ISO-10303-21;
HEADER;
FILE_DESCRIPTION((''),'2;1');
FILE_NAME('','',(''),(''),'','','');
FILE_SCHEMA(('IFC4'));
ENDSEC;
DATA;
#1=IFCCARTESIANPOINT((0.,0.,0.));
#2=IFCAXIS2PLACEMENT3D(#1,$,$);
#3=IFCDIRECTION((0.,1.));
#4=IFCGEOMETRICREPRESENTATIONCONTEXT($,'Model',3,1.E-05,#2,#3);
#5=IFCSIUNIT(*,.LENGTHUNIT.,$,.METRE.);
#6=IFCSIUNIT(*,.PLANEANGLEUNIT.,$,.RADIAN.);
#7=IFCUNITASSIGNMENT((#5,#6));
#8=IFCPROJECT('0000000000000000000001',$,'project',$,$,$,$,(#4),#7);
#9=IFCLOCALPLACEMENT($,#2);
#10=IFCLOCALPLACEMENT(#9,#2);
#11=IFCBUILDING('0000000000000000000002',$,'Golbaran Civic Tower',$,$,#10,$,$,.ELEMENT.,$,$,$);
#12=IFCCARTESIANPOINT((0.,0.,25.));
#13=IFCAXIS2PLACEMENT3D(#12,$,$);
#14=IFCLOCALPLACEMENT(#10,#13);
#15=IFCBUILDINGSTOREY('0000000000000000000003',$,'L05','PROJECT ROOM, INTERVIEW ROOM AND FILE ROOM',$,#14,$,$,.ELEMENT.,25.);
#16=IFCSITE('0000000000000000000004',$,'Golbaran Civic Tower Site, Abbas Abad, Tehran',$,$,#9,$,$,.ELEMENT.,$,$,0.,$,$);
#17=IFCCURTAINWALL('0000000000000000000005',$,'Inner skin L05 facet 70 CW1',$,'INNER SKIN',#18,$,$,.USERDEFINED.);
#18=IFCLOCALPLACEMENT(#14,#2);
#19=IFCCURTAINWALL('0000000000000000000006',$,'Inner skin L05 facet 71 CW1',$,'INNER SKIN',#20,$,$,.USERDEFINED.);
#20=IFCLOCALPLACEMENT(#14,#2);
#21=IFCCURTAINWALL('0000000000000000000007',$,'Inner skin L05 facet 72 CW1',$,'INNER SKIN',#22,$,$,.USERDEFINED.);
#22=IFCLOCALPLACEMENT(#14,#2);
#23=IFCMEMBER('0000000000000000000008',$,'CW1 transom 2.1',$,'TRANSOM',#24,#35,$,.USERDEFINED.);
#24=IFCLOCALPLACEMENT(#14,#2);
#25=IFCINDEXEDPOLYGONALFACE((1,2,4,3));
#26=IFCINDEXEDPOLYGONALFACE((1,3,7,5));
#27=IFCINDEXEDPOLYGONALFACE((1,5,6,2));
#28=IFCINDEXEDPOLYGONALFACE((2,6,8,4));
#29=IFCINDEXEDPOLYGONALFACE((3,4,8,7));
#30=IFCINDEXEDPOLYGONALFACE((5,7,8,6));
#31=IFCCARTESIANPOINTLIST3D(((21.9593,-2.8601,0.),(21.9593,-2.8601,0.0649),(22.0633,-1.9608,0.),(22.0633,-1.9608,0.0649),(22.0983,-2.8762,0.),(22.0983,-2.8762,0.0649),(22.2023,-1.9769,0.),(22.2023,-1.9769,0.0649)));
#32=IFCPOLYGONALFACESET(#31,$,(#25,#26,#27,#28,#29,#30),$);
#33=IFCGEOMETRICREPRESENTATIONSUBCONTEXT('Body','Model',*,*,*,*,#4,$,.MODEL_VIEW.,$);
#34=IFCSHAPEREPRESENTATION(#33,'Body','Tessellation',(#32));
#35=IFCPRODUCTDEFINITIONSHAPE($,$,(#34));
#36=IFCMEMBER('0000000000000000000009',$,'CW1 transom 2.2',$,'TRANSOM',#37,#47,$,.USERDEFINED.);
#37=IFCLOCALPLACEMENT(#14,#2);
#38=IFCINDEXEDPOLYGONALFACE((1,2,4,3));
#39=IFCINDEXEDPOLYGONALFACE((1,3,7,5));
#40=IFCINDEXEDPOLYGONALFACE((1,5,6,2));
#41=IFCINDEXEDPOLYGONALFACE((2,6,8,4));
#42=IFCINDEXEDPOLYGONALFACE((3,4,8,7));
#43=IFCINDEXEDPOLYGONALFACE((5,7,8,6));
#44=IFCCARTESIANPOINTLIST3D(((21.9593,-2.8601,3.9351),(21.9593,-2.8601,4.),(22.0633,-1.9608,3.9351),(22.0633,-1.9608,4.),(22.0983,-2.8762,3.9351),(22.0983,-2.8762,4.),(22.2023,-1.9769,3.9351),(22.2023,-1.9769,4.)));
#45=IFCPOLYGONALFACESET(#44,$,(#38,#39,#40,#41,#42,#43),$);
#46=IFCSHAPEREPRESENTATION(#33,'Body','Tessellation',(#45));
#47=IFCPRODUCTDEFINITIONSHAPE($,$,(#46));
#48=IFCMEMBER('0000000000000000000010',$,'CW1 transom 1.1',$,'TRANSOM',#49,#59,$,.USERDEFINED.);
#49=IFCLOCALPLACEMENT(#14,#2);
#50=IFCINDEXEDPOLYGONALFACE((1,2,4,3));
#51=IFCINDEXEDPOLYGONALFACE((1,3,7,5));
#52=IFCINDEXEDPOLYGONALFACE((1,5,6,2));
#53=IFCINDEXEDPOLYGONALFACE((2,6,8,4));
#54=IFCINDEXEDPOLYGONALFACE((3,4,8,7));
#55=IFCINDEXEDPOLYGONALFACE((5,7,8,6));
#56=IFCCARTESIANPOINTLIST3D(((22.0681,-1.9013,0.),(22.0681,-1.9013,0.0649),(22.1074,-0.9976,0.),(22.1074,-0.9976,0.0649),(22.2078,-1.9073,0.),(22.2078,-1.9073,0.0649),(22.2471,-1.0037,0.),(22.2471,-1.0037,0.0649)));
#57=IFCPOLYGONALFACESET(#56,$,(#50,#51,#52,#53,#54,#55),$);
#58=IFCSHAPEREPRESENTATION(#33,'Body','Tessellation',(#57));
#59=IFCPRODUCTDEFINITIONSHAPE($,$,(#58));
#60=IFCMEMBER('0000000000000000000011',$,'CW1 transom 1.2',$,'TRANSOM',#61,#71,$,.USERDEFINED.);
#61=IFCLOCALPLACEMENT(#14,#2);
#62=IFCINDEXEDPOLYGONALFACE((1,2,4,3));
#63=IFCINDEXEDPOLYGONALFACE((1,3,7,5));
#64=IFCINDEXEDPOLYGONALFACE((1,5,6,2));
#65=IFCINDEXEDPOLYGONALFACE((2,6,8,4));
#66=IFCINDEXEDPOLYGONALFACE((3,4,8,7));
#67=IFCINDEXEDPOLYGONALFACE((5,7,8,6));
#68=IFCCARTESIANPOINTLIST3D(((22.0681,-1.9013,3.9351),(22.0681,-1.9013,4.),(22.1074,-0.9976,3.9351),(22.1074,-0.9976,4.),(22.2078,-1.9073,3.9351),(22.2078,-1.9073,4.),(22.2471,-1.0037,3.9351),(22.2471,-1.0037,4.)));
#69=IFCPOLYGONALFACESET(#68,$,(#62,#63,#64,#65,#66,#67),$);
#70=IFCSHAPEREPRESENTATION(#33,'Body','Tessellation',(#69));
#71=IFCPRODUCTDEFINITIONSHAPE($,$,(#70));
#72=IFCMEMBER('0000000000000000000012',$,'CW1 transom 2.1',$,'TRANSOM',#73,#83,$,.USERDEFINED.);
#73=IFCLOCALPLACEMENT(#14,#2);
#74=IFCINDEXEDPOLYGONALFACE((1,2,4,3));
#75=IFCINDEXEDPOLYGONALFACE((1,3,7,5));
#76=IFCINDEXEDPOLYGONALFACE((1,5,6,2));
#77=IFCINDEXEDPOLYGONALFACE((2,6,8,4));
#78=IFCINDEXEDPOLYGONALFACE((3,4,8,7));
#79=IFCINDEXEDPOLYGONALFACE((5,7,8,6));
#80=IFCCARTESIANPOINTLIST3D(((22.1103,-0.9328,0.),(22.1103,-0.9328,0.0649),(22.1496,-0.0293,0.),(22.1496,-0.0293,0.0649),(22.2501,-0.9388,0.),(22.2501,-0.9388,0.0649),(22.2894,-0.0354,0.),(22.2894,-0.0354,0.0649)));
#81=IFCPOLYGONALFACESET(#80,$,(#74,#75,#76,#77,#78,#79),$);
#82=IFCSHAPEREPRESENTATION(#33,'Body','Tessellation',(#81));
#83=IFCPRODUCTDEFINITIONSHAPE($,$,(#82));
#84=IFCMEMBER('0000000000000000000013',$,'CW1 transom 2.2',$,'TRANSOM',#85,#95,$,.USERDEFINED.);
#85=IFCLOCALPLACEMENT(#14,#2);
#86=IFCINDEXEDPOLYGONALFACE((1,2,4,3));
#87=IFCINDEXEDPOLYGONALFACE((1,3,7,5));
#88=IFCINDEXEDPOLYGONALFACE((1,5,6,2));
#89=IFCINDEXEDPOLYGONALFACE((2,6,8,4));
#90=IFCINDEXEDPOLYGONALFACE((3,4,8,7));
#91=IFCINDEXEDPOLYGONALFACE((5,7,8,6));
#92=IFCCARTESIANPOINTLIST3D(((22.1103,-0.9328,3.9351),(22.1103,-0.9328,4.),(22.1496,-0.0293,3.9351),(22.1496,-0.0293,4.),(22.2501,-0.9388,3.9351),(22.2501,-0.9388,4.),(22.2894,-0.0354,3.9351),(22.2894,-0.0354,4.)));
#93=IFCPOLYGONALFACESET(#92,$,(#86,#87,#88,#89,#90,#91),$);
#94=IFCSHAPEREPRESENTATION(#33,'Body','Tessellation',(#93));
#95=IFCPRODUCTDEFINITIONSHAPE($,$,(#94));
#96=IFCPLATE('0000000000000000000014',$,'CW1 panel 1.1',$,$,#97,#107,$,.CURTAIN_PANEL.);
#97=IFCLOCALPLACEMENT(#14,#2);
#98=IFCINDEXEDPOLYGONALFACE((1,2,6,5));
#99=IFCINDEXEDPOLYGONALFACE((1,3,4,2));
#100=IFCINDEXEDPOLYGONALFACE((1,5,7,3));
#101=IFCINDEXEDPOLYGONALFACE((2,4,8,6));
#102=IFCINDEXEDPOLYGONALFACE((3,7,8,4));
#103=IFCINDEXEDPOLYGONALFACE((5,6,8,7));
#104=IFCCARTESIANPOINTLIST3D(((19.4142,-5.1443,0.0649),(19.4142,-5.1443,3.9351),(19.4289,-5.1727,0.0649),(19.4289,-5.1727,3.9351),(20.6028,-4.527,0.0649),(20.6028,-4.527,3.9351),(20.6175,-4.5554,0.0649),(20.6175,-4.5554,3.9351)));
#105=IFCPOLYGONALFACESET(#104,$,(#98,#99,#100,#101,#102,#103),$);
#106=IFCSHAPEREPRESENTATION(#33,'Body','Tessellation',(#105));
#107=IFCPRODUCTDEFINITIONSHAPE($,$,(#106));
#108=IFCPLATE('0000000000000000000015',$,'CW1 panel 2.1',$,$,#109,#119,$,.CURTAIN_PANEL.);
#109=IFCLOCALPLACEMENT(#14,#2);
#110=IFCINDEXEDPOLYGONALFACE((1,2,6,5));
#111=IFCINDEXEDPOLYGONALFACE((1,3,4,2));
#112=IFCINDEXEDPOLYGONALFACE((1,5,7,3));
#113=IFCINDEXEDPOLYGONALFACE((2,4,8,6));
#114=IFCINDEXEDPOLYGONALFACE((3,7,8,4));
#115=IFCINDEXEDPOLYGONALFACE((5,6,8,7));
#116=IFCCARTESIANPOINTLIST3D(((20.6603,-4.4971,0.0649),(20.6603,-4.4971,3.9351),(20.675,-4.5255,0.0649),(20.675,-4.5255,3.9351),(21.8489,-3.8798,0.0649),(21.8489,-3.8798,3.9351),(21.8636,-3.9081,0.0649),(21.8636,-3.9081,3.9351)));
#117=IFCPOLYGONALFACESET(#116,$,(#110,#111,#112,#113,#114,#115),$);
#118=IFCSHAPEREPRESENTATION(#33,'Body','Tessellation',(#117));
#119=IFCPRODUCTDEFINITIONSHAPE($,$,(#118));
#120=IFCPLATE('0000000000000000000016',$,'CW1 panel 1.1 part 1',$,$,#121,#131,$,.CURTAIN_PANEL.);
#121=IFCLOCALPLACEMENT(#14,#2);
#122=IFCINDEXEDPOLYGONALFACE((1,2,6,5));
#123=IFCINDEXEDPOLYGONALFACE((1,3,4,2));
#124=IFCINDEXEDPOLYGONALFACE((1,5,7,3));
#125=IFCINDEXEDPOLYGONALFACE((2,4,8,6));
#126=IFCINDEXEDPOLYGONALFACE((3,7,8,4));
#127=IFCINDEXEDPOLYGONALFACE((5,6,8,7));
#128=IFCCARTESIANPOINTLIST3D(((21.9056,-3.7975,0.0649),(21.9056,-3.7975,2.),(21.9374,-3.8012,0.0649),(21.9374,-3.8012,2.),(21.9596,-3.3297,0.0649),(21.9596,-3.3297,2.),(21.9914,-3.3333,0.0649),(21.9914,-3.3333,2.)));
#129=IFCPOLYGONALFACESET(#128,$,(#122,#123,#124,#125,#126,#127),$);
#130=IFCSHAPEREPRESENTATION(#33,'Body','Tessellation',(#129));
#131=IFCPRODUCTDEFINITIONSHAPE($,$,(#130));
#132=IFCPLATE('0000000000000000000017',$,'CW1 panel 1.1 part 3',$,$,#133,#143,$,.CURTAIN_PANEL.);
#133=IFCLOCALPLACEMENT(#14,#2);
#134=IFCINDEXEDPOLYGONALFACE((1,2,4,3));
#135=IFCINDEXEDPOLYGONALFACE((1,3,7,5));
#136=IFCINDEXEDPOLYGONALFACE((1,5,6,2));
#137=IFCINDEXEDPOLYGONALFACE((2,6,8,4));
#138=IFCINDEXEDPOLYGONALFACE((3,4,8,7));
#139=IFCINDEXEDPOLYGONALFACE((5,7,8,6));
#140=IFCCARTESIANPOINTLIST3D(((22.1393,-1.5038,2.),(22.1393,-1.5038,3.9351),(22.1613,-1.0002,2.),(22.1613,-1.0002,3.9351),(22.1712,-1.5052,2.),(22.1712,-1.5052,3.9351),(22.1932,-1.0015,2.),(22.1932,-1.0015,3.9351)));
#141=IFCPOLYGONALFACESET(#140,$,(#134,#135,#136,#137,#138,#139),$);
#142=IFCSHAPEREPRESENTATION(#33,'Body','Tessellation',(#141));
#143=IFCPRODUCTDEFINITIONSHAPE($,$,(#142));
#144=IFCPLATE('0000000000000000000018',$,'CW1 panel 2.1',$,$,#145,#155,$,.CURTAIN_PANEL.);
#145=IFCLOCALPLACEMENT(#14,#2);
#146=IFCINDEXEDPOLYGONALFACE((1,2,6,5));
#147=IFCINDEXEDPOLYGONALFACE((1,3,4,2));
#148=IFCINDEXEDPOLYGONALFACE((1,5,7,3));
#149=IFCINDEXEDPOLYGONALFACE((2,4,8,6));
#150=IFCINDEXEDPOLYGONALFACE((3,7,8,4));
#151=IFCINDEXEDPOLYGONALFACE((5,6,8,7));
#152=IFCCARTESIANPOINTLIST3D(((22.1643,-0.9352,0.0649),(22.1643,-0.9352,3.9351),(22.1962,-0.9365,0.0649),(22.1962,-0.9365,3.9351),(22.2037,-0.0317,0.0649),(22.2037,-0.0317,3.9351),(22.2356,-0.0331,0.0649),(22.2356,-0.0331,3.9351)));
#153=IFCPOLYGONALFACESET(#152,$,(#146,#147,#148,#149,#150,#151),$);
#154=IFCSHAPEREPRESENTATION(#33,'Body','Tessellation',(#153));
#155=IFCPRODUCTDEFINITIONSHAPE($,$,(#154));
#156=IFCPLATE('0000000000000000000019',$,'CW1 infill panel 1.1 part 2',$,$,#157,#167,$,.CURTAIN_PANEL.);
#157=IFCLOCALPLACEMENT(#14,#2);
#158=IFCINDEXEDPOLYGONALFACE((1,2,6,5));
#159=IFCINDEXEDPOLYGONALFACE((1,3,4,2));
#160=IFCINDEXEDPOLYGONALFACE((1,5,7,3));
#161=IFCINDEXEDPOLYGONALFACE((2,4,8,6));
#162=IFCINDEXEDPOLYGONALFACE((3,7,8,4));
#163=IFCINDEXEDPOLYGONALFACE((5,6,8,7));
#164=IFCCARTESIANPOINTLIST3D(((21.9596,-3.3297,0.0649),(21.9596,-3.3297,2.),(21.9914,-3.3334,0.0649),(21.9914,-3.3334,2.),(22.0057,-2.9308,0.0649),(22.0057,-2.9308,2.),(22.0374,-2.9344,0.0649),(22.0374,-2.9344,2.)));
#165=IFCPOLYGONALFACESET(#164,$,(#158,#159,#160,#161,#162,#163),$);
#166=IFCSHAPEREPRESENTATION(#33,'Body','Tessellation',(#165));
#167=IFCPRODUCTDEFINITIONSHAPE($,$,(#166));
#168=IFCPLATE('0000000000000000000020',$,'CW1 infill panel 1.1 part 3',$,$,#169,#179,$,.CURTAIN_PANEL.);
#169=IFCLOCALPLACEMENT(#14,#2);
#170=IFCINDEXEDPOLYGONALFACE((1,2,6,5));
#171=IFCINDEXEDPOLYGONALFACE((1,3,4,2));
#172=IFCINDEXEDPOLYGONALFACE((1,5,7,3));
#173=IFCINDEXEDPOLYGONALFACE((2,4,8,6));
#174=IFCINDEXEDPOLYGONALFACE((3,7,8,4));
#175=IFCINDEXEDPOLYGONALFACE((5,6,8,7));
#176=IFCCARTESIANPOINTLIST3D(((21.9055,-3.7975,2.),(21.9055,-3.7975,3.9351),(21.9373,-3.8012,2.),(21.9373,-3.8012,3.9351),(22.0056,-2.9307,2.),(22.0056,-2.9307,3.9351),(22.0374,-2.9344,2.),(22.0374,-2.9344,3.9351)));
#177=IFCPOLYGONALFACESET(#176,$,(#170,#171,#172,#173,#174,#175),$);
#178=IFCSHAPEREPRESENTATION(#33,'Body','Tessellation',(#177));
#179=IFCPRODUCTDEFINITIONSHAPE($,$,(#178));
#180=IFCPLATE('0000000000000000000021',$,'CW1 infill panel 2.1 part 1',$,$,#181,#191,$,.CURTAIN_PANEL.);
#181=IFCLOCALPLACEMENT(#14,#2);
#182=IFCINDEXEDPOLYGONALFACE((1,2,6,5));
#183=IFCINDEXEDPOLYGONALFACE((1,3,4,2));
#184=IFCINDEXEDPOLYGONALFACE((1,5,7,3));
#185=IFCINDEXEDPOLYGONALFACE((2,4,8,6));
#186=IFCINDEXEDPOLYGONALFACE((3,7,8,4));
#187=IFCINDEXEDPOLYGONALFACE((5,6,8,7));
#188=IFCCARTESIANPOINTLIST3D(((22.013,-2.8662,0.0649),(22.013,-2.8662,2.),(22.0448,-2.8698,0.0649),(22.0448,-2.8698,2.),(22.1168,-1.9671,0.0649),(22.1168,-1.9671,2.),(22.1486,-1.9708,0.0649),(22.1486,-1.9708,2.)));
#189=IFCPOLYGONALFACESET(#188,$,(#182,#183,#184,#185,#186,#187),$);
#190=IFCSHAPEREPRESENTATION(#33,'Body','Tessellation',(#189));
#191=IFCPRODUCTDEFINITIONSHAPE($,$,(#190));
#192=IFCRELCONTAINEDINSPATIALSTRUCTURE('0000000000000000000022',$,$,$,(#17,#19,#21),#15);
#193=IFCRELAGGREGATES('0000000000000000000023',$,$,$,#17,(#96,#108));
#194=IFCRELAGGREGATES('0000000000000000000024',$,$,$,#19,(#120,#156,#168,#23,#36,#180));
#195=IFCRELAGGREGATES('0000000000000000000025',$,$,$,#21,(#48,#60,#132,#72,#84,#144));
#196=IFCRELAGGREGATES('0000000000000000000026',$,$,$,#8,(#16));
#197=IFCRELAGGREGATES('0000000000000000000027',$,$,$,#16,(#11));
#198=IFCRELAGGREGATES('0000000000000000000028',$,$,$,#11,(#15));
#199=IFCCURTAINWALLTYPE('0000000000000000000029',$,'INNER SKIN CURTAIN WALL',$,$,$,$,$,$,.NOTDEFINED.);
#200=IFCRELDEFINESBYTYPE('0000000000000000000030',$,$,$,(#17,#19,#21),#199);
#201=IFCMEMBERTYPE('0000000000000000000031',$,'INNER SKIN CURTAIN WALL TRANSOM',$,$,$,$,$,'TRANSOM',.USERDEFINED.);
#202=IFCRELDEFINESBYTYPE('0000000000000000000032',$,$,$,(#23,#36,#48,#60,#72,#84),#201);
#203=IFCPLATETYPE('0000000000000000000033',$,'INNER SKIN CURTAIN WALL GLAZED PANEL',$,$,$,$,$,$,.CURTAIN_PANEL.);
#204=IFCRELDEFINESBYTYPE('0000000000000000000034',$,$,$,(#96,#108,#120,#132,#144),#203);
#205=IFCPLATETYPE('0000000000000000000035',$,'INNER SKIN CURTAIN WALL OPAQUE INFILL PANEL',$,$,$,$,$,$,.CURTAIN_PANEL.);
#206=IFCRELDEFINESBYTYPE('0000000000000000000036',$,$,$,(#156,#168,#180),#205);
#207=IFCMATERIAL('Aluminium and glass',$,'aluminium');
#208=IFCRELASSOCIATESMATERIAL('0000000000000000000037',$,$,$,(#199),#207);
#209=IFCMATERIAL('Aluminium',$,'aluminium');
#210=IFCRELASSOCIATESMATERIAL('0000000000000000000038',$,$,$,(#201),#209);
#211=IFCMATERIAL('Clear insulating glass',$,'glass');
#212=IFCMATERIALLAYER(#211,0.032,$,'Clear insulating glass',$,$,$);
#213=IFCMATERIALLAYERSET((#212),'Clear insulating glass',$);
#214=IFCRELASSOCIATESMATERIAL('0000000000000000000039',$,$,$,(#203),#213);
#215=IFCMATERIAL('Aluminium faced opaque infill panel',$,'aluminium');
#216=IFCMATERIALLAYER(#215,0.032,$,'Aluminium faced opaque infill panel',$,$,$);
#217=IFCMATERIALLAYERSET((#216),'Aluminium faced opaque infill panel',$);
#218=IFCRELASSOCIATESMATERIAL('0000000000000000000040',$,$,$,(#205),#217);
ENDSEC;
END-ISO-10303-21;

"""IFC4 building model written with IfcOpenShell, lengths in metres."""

from ifc_helpers import new_model, si_unit, direction, frame, origin, origin_2d, place, context, subcontext, project, spatial, rectangle, extrude, material, layer, layer_set, material_profile, profile_set, type_object, element, aggregate, save


model = new_model("IFC4")

# Units and contexts
model_context = context("Model", 3, precision=1e-05, world=origin(), true_north=direction((0.0, 1.0)))
body_context = subcontext(model_context, "Body", "Model", "MODEL_VIEW")
ifc_project = project(units=[si_unit("LENGTHUNIT", "METRE"), si_unit("PLANEANGLEUNIT", "RADIAN")], contexts=[model_context])

# Site, building, storey
site_placement = place(None, origin())
site = spatial("IfcSite", under=ifc_project, at=site_placement, Name="Golbaran Civic Tower Site, Abbas Abad, Tehran", CompositionType="ELEMENT", RefElevation=0.0)
building_placement = place(site_placement, origin())
building = spatial("IfcBuilding", under=site, at=building_placement, Name="Golbaran Civic Tower", CompositionType="ELEMENT")
storey_placement = place(building_placement, frame((0.0, 0.0, 25.0)))
storey = spatial("IfcBuildingStorey", under=building, at=storey_placement, Name="L05", Description="PROJECT ROOM, INTERVIEW ROOM AND FILE ROOM", CompositionType="ELEMENT", Elevation=25.0)

# Curtain walls
ifc_material_1 = material(Name="Aluminium and glass", Category="aluminium")
curtain_wall_type = type_object("IfcCurtainWallType", Name="INNER SKIN CURTAIN WALL", PredefinedType="NOTDEFINED", material=ifc_material_1)
curtain_wall_1_placement = place(storey_placement, origin())
curtain_wall_1 = element("IfcCurtainWall", 1, at=curtain_wall_1_placement, inside=storey, type_object=curtain_wall_type, Name="Inner skin L05 facet 70 CW1", ObjectType="INNER SKIN", PredefinedType="USERDEFINED")
ifc_material_2 = material(Name="Aluminium", Category="aluminium")
curtain_wall_2_placement = place(storey_placement, origin())
curtain_wall_2 = element("IfcCurtainWall", 2, at=curtain_wall_2_placement, inside=storey, type_object=curtain_wall_type, Name="Inner skin L05 facet 71 CW1", ObjectType="INNER SKIN", PredefinedType="USERDEFINED")

# Curtain wall
curtain_wall_3_placement = place(storey_placement, origin())
curtain_wall_3 = element("IfcCurtainWall", 3, at=curtain_wall_3_placement, inside=storey, type_object=curtain_wall_type, Name="Inner skin L05 facet 72 CW1", ObjectType="INNER SKIN", PredefinedType="USERDEFINED")

# Members
ifc_material_profile_1 = material_profile(ifc_material_2, rectangle(XDim=0.1399, YDim=0.0649, at=origin_2d()), Name="INNER SKIN CURTAIN WALL TRANSOM")
ifc_profile_set_1 = profile_set([ifc_material_profile_1], Name="Aluminium")
member_type_1 = type_object("IfcMemberType", Name="INNER SKIN CURTAIN WALL TRANSOM", ElementType="TRANSOM", PredefinedType="USERDEFINED", material=ifc_profile_set_1)
member_1_placement = place(storey_placement, frame((22.0288, -2.8682, 0.0325), z_axis=(0.114901, 0.993377, 0.0), x_axis=(-0.993377, 0.114901, 0.0)))
member_1 = element("IfcMember", 4, at=member_1_placement, type_object=member_type_1, Name="CW1 transom 2.1", ObjectType="TRANSOM", PredefinedType="USERDEFINED", context=body_context, shape_type="SweptSolid", body=[
    extrude(rectangle(XDim=0.1399, YDim=0.0649, at=origin_2d()), origin(), (0.0, 0.0, 1.0), 0.9053),
])
member_2_placement = place(storey_placement, frame((22.0288, -2.8682, 3.9675), z_axis=(0.114901, 0.993377, 0.0), x_axis=(-0.993377, 0.114901, 0.0)))
member_2 = element("IfcMember", 5, at=member_2_placement, type_object=member_type_1, Name="CW1 transom 2.2", ObjectType="TRANSOM", PredefinedType="USERDEFINED", context=body_context, shape_type="SweptSolid", body=[
    extrude(rectangle(XDim=0.1399, YDim=0.0649, at=origin_2d()), origin(), (0.0, 0.0, 1.0), 0.9053),
])
member_3_placement = place(storey_placement, frame((22.1379, -1.9043, 0.0325), z_axis=(0.043461, 0.999055, 0.0), x_axis=(-0.999055, 0.043461, 0.0)))
member_3 = element("IfcMember", 6, at=member_3_placement, type_object=member_type_1, Name="CW1 transom 1.1", ObjectType="TRANSOM", PredefinedType="USERDEFINED", context=body_context, shape_type="SweptSolid", body=[
    extrude(rectangle(XDim=0.1399, YDim=0.0649, at=origin_2d()), origin(), (0.0, 0.0, 1.0), 0.9045),
])
member_4_placement = place(storey_placement, frame((22.1379, -1.9043, 3.9675), z_axis=(0.043461, 0.999055, 0.0), x_axis=(-0.999055, 0.043461, 0.0)))
member_4 = element("IfcMember", 7, at=member_4_placement, type_object=member_type_1, Name="CW1 transom 1.2", ObjectType="TRANSOM", PredefinedType="USERDEFINED", context=body_context, shape_type="SweptSolid", body=[
    extrude(rectangle(XDim=0.1399, YDim=0.0649, at=origin_2d()), origin(), (0.0, 0.0, 1.0), 0.9045),
])
member_5_placement = place(storey_placement, frame((22.1802, -0.9358, 0.0325), z_axis=(0.043472, 0.999055, 0.0), x_axis=(-0.999055, 0.043472, 0.0)))
member_5 = element("IfcMember", 8, at=member_5_placement, type_object=member_type_1, Name="CW1 transom 2.1", ObjectType="TRANSOM", PredefinedType="USERDEFINED", context=body_context, shape_type="SweptSolid", body=[
    extrude(rectangle(XDim=0.1399, YDim=0.0649, at=origin_2d()), origin(), (0.0, 0.0, 1.0), 0.9043),
])
member_6_placement = place(storey_placement, frame((22.1802, -0.9358, 3.9675), z_axis=(0.043472, 0.999055, 0.0), x_axis=(-0.999055, 0.043472, 0.0)))
member_6 = element("IfcMember", 9, at=member_6_placement, type_object=member_type_1, Name="CW1 transom 2.2", ObjectType="TRANSOM", PredefinedType="USERDEFINED", context=body_context, shape_type="SweptSolid", body=[
    extrude(rectangle(XDim=0.1399, YDim=0.0649, at=origin_2d()), origin(), (0.0, 0.0, 1.0), 0.9043),
])

# Plates
ifc_material_3 = material(Name="Clear insulating glass", Category="glass")
ifc_layer_1 = layer(ifc_material_3, 0.032, Name="Clear insulating glass")
ifc_layer_set_1 = layer_set([ifc_layer_1], Name="Clear insulating glass")
plate_type_1 = type_object("IfcPlateType", Name="INNER SKIN CURTAIN WALL GLAZED PANEL", PredefinedType="CURTAIN_PANEL", material=ifc_layer_set_1)
plate_1_placement = place(storey_placement, frame((20.0159, -4.8499, 0.0649), z_axis=(0.0, 0.0, 1.0), x_axis=(0.887429, 0.460945, 0.0)))
plate_1 = element("IfcPlate", 10, at=plate_1_placement, type_object=plate_type_1, Name="CW1 panel 1.1", PredefinedType="CURTAIN_PANEL", context=body_context, shape_type="SweptSolid", body=[
    extrude(rectangle(XDim=1.3394, YDim=0.032, at=origin_2d()), origin(), (0.0, 0.0, 1.0), 3.8701),
])
plate_2_placement = place(storey_placement, frame((21.262, -4.2026, 0.0649), z_axis=(0.0, 0.0, 1.0), x_axis=(0.887429, 0.460945, 0.0)))
plate_2 = element("IfcPlate", 11, at=plate_2_placement, type_object=plate_type_1, Name="CW1 panel 2.1", PredefinedType="CURTAIN_PANEL", context=body_context, shape_type="SweptSolid", body=[
    extrude(rectangle(XDim=1.3394, YDim=0.032, at=origin_2d()), origin(), (0.0, 0.0, 1.0), 3.8701),
])
aggregate(curtain_wall_1, [plate_1, plate_2])
plate_3_placement = place(storey_placement, frame((21.9485, -3.5654, 0.0649), z_axis=(0.0, 0.0, 1.0), x_axis=(0.114683, 0.993402, 0.0)))
plate_3 = element("IfcPlate", 12, at=plate_3_placement, type_object=plate_type_1, Name="CW1 panel 1.1 part 1", PredefinedType="CURTAIN_PANEL", context=body_context, shape_type="SweptSolid", body=[
    extrude(rectangle(XDim=0.4709, YDim=0.032, at=origin_2d()), origin(), (0.0, 0.0, 1.0), 1.9351),
])
plate_4_placement = place(storey_placement, frame((22.1663, -1.2527, 2.0), z_axis=(0.0, 0.0, 1.0), x_axis=(0.043619, 0.999048, 0.0)))
plate_4 = element("IfcPlate", 13, at=plate_4_placement, type_object=plate_type_1, Name="CW1 panel 1.1 part 3", PredefinedType="CURTAIN_PANEL", context=body_context, shape_type="SweptSolid", body=[
    extrude(rectangle(XDim=0.5042, YDim=0.032, at=origin_2d()), origin(), (0.0, 0.0, 1.0), 1.9351),
])
plate_5_placement = place(storey_placement, frame((22.2, -0.4841, 0.0649), z_axis=(0.0, 0.0, 1.0), x_axis=(0.043619, 0.999048, 0.0)))
plate_5 = element("IfcPlate", 14, at=plate_5_placement, type_object=plate_type_1, Name="CW1 panel 2.1", PredefinedType="CURTAIN_PANEL", context=body_context, shape_type="SweptSolid", body=[
    extrude(rectangle(XDim=0.9043, YDim=0.032, at=origin_2d()), origin(), (0.0, 0.0, 1.0), 3.8701),
])
ifc_material_4 = material(Name="Aluminium faced opaque infill panel", Category="aluminium")
ifc_layer_2 = layer(ifc_material_4, 0.032, Name="Aluminium faced opaque infill panel")
ifc_layer_set_2 = layer_set([ifc_layer_2], Name="Aluminium faced opaque infill panel")
plate_type_2 = type_object("IfcPlateType", Name="INNER SKIN CURTAIN WALL OPAQUE INFILL PANEL", PredefinedType="CURTAIN_PANEL", material=ifc_layer_set_2)
plate_6_placement = place(storey_placement, frame((21.9985, -3.1321, 0.0649), z_axis=(0.0, 0.0, 1.0), x_axis=(0.114683, 0.993402, 0.0)))
plate_6 = element("IfcPlate", 15, at=plate_6_placement, type_object=plate_type_2, Name="CW1 infill panel 1.1 part 2", PredefinedType="CURTAIN_PANEL", context=body_context, shape_type="SweptSolid", body=[
    extrude(rectangle(XDim=0.4016, YDim=0.032, at=origin_2d()), origin(), (0.0, 0.0, 1.0), 1.9351),
])
plate_7_placement = place(storey_placement, frame((21.9714, -3.366, 2.0), z_axis=(0.0, 0.0, 1.0), x_axis=(0.114683, 0.993402, 0.0)))
plate_7 = element("IfcPlate", 16, at=plate_7_placement, type_object=plate_type_2, Name="CW1 infill panel 1.1 part 3", PredefinedType="CURTAIN_PANEL", context=body_context, shape_type="SweptSolid", body=[
    extrude(rectangle(XDim=0.8726, YDim=0.032, at=origin_2d()), origin(), (0.0, 0.0, 1.0), 1.9351),
])
plate_8_placement = place(storey_placement, frame((22.0808, -2.4185, 0.0649), z_axis=(0.0, 0.0, 1.0), x_axis=(0.114683, 0.993402, 0.0)))
plate_8 = element("IfcPlate", 17, at=plate_8_placement, type_object=plate_type_2, Name="CW1 infill panel 2.1 part 1", PredefinedType="CURTAIN_PANEL", context=body_context, shape_type="SweptSolid", body=[
    extrude(rectangle(XDim=0.905, YDim=0.032, at=origin_2d()), origin(), (0.0, 0.0, 1.0), 1.9351),
])
aggregate(curtain_wall_2, [plate_3, plate_6, plate_7, member_1, member_2, plate_8])
aggregate(curtain_wall_3, [member_3, member_4, plate_4, member_5, member_6, plate_5])

save(model, "model.ifc")
